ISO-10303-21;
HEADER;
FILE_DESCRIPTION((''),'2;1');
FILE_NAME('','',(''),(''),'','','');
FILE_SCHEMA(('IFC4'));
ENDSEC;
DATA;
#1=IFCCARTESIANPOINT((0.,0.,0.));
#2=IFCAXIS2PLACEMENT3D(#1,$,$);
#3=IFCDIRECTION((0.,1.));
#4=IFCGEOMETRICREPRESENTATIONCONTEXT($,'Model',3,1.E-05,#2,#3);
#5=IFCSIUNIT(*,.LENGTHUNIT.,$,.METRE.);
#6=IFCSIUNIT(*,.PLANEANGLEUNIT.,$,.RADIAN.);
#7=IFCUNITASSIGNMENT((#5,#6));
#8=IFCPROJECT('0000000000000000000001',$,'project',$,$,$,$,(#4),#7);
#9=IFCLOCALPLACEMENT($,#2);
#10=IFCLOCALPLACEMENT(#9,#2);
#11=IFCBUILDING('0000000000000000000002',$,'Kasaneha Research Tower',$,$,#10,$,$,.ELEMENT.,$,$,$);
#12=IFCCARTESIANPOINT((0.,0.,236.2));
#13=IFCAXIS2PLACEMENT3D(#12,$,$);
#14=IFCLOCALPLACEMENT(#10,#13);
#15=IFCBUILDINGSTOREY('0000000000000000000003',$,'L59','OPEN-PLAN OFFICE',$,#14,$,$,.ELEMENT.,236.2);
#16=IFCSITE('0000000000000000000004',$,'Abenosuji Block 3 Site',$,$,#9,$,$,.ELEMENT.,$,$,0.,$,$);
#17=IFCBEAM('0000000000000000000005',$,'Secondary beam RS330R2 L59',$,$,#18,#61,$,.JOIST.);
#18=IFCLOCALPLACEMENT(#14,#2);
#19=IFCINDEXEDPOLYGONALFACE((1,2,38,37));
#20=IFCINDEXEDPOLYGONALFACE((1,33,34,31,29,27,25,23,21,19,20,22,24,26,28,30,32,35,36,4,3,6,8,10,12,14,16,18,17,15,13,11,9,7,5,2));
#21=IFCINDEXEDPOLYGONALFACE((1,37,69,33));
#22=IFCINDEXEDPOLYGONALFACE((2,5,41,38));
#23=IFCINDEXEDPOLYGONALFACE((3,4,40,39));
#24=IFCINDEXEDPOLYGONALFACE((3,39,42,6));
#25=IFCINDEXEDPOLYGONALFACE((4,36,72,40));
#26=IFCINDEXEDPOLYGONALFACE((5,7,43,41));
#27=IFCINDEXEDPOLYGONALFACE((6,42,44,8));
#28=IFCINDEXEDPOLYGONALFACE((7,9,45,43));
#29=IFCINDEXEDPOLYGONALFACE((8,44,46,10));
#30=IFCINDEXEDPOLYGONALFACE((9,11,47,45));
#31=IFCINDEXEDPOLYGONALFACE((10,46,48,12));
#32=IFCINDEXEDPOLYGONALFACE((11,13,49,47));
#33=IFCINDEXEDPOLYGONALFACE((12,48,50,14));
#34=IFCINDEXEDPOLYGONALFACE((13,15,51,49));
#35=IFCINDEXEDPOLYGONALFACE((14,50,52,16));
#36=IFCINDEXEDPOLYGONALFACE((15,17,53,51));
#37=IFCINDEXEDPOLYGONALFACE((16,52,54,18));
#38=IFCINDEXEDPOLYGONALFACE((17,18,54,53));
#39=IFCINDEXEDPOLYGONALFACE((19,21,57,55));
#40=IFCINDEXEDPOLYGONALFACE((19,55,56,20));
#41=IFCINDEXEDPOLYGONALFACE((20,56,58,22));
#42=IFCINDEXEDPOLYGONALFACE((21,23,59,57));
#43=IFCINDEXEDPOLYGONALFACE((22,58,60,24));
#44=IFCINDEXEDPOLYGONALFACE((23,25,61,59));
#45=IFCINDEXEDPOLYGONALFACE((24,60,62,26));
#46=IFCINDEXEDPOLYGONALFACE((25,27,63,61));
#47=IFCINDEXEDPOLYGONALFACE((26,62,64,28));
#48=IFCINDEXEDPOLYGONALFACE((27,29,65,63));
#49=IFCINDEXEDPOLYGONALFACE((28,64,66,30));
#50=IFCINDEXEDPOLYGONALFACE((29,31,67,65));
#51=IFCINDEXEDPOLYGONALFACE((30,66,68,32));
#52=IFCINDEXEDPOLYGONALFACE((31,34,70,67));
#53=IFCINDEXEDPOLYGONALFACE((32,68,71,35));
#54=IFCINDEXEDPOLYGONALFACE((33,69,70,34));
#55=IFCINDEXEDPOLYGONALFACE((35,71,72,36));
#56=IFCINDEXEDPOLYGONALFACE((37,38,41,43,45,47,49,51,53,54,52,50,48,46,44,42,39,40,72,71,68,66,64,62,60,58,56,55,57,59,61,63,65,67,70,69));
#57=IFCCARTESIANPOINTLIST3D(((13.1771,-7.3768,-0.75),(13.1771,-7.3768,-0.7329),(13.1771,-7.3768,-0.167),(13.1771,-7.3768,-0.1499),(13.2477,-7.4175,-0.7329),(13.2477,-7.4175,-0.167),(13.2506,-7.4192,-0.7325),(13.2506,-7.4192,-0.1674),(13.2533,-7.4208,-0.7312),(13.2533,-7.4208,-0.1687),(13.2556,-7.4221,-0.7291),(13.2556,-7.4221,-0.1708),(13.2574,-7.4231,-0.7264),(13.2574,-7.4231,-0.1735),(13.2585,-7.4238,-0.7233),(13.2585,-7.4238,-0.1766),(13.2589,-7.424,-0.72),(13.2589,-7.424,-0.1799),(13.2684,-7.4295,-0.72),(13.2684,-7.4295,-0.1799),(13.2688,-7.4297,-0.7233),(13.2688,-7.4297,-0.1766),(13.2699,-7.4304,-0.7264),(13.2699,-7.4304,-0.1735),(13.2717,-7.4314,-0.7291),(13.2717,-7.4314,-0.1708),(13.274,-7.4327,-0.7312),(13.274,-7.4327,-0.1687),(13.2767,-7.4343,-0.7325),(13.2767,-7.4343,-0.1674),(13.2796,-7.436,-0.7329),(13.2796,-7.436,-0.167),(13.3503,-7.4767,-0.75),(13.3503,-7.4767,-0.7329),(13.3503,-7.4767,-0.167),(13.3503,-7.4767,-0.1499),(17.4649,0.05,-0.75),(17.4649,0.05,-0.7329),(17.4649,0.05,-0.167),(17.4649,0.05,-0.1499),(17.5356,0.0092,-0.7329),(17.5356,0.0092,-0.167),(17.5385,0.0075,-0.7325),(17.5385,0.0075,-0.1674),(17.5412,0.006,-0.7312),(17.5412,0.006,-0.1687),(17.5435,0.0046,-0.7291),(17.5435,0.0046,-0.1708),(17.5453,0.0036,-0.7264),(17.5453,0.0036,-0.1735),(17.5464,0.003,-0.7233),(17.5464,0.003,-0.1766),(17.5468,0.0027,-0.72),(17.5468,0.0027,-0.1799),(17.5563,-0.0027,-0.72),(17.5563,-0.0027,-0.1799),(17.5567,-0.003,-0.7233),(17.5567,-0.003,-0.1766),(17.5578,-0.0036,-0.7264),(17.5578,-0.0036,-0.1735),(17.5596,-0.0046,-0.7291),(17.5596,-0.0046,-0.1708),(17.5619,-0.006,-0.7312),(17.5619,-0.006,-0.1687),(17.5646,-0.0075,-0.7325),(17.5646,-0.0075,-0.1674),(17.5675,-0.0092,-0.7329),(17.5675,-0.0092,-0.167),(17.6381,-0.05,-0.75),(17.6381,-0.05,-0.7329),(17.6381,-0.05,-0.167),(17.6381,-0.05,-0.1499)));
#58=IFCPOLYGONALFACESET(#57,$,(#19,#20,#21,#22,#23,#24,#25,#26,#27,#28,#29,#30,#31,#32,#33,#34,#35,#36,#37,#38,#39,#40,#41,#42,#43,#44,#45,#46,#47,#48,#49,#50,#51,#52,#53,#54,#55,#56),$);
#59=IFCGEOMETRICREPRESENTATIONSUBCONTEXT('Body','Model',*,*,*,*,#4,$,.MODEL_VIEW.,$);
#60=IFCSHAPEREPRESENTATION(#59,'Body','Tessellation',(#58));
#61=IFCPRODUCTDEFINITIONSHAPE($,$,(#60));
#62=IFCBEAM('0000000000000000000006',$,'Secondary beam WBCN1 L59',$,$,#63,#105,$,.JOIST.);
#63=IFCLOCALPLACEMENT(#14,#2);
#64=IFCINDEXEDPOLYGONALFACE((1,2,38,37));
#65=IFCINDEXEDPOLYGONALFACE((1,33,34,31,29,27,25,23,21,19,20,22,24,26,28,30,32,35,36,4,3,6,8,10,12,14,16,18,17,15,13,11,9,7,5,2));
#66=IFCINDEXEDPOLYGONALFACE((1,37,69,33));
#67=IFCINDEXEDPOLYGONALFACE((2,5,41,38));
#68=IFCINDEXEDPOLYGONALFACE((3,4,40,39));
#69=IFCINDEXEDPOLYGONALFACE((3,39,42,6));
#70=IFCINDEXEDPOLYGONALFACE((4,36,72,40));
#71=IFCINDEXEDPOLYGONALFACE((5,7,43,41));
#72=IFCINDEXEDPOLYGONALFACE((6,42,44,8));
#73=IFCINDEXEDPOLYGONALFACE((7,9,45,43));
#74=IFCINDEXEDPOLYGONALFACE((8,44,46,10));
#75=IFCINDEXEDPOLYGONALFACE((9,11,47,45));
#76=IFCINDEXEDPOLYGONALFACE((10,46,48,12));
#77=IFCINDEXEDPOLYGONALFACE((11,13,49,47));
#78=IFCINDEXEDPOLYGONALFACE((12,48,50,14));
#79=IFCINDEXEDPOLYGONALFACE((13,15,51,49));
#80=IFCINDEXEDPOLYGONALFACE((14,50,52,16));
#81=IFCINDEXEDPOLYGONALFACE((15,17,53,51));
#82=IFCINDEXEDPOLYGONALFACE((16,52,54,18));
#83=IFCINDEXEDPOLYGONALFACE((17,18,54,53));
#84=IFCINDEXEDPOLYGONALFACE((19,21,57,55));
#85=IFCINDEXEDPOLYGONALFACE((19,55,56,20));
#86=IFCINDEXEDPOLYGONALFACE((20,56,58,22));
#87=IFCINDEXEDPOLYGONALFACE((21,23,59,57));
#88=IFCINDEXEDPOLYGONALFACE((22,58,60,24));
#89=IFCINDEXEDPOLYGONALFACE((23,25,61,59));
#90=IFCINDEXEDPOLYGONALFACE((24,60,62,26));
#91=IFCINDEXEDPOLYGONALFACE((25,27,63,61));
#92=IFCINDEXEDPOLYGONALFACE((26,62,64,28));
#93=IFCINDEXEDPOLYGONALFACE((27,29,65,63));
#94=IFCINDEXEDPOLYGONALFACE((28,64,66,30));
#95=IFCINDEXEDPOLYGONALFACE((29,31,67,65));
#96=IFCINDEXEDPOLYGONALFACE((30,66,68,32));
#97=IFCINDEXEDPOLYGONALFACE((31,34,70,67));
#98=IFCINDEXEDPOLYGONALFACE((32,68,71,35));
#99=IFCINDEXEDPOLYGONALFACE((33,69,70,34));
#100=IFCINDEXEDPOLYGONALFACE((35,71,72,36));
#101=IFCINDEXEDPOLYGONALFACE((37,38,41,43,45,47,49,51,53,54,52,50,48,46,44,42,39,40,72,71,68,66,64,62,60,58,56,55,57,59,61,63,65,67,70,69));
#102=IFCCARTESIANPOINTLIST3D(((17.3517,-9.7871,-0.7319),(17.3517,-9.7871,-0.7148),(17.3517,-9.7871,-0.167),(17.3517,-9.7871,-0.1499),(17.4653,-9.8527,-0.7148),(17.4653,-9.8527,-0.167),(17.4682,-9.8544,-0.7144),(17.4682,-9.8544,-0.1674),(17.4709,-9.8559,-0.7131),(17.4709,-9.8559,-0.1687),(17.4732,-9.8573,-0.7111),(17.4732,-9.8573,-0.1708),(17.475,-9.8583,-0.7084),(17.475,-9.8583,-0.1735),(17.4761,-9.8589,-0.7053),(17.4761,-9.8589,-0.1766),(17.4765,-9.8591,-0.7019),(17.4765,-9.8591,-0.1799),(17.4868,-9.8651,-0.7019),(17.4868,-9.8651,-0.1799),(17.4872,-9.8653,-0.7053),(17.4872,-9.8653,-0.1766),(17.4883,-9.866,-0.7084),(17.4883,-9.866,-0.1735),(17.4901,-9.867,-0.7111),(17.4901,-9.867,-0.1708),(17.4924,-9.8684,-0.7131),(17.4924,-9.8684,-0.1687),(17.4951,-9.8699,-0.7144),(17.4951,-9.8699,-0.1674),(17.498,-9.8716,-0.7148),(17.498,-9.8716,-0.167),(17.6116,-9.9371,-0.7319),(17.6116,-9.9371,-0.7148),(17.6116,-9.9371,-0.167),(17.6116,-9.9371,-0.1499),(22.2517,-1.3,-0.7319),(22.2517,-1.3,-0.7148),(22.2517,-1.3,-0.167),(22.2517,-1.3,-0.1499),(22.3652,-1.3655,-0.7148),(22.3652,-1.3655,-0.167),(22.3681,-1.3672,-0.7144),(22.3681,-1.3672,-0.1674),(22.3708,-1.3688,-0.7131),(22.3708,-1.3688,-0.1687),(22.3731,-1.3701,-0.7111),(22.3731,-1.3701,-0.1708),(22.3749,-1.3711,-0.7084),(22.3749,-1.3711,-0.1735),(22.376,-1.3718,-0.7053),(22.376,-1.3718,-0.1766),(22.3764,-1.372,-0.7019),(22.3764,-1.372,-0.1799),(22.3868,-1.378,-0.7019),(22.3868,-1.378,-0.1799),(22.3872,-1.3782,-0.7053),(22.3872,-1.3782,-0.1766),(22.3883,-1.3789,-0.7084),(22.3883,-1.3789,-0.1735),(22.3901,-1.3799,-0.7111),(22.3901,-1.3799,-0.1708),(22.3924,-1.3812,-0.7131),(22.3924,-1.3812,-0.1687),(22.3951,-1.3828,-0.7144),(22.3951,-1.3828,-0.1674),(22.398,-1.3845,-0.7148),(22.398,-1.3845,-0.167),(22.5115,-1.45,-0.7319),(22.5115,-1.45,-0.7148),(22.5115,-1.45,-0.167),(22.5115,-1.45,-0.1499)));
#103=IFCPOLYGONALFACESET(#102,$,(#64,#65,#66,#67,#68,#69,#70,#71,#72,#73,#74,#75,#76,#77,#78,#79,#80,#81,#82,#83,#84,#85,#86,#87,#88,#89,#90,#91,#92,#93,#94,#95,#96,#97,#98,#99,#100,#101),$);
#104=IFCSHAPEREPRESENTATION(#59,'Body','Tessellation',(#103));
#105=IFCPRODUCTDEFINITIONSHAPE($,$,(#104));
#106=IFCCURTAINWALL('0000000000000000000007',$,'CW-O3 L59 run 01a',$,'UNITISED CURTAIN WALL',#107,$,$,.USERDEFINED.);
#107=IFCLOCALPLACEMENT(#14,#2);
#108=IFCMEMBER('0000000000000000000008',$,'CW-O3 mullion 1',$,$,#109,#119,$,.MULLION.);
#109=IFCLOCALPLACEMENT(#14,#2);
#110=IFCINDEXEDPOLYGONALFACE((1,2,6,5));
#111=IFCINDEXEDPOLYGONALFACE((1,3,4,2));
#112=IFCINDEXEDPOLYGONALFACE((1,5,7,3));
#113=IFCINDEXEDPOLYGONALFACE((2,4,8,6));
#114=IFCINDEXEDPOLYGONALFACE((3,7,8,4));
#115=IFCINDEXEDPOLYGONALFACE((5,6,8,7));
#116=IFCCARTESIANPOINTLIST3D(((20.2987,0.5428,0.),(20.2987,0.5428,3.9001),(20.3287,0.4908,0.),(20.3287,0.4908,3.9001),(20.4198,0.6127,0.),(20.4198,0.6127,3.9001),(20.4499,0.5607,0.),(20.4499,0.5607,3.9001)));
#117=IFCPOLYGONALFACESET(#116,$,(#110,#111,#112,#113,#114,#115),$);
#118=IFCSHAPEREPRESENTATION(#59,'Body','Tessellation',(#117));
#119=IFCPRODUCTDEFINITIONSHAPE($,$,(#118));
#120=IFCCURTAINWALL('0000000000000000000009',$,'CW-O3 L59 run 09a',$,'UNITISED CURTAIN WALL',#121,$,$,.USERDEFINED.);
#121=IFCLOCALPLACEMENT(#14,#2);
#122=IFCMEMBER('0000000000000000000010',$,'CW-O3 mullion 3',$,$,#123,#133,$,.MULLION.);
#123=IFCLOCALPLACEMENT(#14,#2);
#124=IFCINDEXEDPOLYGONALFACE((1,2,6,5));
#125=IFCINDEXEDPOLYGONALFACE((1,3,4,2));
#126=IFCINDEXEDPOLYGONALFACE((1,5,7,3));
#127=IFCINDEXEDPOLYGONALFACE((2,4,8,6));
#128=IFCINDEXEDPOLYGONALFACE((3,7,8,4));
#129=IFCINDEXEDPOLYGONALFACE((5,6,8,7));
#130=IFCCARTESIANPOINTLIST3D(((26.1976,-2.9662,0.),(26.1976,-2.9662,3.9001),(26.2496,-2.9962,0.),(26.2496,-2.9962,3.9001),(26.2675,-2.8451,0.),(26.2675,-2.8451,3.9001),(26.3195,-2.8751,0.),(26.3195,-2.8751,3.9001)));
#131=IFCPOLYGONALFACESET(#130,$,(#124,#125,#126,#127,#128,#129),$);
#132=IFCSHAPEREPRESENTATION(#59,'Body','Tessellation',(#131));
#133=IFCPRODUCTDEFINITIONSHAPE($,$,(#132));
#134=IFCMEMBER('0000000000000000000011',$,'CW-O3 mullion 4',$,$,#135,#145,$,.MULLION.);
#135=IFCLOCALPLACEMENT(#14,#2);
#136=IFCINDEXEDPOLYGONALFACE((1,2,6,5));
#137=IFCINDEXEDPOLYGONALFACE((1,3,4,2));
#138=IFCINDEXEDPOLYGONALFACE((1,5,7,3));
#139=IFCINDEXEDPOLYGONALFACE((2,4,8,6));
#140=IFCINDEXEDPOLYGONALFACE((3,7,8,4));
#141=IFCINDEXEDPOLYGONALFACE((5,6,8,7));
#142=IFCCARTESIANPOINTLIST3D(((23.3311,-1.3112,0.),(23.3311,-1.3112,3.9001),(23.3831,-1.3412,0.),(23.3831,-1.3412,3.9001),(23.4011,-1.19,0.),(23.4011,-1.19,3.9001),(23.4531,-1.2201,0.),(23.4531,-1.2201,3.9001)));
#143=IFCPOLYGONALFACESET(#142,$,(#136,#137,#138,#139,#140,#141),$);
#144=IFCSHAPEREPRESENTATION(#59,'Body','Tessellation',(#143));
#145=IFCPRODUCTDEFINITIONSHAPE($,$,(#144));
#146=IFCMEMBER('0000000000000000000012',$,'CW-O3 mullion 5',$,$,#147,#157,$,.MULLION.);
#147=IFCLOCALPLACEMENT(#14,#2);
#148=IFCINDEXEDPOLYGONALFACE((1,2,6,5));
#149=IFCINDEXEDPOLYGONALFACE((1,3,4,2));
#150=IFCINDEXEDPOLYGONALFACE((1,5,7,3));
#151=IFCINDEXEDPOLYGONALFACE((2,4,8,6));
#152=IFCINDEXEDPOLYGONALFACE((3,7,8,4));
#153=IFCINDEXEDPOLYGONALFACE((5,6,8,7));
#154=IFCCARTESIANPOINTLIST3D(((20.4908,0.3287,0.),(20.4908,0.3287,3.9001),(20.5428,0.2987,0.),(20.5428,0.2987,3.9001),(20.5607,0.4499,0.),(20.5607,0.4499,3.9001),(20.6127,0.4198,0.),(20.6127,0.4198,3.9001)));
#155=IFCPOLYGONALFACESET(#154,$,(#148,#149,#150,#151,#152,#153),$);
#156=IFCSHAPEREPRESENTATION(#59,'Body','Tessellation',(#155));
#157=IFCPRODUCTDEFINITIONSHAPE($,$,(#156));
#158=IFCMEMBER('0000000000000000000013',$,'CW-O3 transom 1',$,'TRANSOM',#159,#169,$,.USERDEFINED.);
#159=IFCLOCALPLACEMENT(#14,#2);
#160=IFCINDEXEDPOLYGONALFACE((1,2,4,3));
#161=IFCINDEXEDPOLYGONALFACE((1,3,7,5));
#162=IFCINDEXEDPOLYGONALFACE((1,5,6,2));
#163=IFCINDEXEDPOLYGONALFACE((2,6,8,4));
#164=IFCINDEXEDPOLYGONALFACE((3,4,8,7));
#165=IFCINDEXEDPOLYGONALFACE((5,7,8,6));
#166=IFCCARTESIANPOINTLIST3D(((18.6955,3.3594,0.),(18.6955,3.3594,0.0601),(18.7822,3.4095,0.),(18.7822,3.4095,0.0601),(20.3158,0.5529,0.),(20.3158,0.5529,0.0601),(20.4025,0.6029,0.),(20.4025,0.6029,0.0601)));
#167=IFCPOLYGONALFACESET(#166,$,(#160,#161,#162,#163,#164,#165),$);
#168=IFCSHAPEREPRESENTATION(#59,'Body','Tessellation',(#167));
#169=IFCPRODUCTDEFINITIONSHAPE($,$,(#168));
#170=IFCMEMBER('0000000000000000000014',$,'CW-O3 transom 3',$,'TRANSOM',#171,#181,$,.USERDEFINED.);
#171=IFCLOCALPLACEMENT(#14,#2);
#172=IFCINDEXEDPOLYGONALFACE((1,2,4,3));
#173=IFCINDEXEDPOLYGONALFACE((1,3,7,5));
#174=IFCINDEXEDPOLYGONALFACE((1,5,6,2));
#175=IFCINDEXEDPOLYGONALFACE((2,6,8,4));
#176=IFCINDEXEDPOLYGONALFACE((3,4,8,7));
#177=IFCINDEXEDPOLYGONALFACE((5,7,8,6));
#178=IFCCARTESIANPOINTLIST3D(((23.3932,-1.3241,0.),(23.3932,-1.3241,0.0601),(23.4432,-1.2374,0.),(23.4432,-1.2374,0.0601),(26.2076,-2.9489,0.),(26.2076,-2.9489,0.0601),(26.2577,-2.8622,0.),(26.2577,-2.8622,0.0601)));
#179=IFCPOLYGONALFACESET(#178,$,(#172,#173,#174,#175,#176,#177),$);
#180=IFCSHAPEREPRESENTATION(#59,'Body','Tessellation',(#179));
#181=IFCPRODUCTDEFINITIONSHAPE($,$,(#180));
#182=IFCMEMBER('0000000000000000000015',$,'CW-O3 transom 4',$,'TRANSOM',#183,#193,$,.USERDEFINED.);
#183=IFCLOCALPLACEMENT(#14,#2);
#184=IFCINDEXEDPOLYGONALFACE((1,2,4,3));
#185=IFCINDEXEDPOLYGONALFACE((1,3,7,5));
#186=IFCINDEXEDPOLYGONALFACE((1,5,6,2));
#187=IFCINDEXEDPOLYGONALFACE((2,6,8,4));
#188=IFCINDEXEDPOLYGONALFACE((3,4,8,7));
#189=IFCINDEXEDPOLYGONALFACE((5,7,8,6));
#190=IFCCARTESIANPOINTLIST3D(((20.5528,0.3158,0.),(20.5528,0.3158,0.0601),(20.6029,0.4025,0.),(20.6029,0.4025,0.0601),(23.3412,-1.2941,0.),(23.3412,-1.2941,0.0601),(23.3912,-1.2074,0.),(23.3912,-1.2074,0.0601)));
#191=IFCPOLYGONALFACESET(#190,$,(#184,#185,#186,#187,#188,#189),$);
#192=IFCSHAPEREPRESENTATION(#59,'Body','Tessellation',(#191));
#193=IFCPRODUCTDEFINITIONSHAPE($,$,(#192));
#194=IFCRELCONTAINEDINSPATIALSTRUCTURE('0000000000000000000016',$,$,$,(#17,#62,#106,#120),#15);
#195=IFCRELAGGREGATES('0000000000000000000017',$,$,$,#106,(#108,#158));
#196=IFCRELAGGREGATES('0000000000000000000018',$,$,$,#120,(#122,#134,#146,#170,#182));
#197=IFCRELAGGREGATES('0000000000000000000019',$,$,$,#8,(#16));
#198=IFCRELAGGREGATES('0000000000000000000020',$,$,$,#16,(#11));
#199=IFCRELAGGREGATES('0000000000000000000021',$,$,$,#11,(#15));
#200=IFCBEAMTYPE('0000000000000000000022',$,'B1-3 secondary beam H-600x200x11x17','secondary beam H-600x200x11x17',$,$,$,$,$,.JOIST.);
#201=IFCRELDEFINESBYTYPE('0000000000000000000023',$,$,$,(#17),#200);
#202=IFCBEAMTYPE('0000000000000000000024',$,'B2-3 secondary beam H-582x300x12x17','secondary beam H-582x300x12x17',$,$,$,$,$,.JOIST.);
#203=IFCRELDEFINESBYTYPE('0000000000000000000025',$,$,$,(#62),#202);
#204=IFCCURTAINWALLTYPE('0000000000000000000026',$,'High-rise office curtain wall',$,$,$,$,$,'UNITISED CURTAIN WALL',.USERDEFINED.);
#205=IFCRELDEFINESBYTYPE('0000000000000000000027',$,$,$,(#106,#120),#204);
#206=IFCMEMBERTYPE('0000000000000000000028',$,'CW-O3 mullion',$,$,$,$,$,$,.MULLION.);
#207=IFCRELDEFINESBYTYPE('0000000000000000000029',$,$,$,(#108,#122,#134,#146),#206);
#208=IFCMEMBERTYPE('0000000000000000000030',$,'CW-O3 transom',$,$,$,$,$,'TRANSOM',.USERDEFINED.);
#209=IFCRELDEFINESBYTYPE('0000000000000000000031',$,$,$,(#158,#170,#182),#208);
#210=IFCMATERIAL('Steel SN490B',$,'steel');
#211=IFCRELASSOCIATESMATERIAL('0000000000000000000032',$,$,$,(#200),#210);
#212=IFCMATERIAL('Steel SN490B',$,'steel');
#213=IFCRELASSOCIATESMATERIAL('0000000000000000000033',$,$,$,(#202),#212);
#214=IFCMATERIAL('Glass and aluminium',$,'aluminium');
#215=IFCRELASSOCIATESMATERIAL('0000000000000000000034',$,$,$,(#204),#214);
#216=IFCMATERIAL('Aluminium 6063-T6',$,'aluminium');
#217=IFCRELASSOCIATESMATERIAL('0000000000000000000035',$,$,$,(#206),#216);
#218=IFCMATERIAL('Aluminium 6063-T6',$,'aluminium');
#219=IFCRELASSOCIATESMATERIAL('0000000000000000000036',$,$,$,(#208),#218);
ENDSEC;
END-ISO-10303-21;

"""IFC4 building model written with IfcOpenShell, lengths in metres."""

from ifc_helpers import new_model, si_unit, direction, frame, origin, origin_2d, place, context, subcontext, project, spatial, rectangle, i_section, extrude, material, material_profile, profile_set, type_object, element, aggregate, save


model = new_model("IFC4")

# Units and contexts
model_context = context("Model", 3, precision=1e-05, world=origin(), true_north=direction((0.0, 1.0)))
body_context = subcontext(model_context, "Body", "Model", "MODEL_VIEW")
ifc_project = project(units=[si_unit("LENGTHUNIT", "METRE"), si_unit("PLANEANGLEUNIT", "RADIAN")], contexts=[model_context])

# Site, building, storey
site_placement = place(None, origin())
site = spatial("IfcSite", under=ifc_project, at=site_placement, Name="Abenosuji Block 3 Site", CompositionType="ELEMENT", RefElevation=0.0)
building_placement = place(site_placement, origin())
building = spatial("IfcBuilding", under=site, at=building_placement, Name="Kasaneha Research Tower", CompositionType="ELEMENT")
storey_placement = place(building_placement, frame((0.0, 0.0, 236.2)))
storey = spatial("IfcBuildingStorey", under=building, at=storey_placement, Name="L59", Description="OPEN-PLAN OFFICE", CompositionType="ELEMENT", Elevation=236.2)

# Beams
ifc_material_1 = material(Name="Steel SN490B", Category="steel")
ifc_material_profile_1 = material_profile(ifc_material_1, i_section(OverallWidth=0.2, OverallDepth=0.6001, WebThickness=0.011, FlangeThickness=0.0171, FilletRadius=0.0129, at=origin_2d()), Name="H-600x200x11x17")
ifc_profile_set_1 = profile_set([ifc_material_profile_1], Name="Steel SN490B")
beam_type_1 = type_object("IfcBeamType", Name="B1-3 secondary beam H-600x200x11x17", Description="secondary beam H-600x200x11x17", PredefinedType="JOIST", material=ifc_profile_set_1)
beam_1_placement = place(storey_placement, frame((17.5515, 0.0, -0.45), z_axis=(-0.5, -0.866025, 0.0), x_axis=(0.866025, -0.5, 0.0)))
element("IfcBeam", 1, at=beam_1_placement, inside=storey, type_object=beam_type_1, Name="Secondary beam RS330R2 L59", PredefinedType="JOIST", context=body_context, shape_type="SweptSolid", body=[
    extrude(i_section(OverallWidth=0.2, OverallDepth=0.6001, WebThickness=0.011, FlangeThickness=0.0171, FilletRadius=0.0129, at=origin_2d()), origin(), (0.0, 0.0, 1.0), 8.5757),
])
ifc_material_2 = material(Name="Steel SN490B", Category="steel")
ifc_material_profile_2 = material_profile(ifc_material_2, i_section(OverallWidth=0.3, OverallDepth=0.582, WebThickness=0.012, FlangeThickness=0.0171, FilletRadius=0.0129, at=origin_2d()), Name="H-582x300x12x17")
ifc_profile_set_2 = profile_set([ifc_material_profile_2], Name="Steel SN490B")
beam_type_2 = type_object("IfcBeamType", Name="B2-3 secondary beam H-582x300x12x17", Description="secondary beam H-582x300x12x17", PredefinedType="JOIST", material=ifc_profile_set_2)
beam_2_placement = place(storey_placement, frame((22.3816, -1.375, -0.4409), z_axis=(-0.499992, -0.86603, 0.0), x_axis=(0.86603, -0.499992, 0.0)))
element("IfcBeam", 2, at=beam_2_placement, inside=storey, type_object=beam_type_2, Name="Secondary beam WBCN1 L59", PredefinedType="JOIST", context=body_context, shape_type="SweptSolid", body=[
    extrude(i_section(OverallWidth=0.3, OverallDepth=0.582, WebThickness=0.012, FlangeThickness=0.0171, FilletRadius=0.0129, at=origin_2d()), origin(), (0.0, 0.0, 1.0), 9.8),
])

# Curtain wall, member
ifc_material_3 = material(Name="Glass and aluminium", Category="aluminium")
curtain_wall_type = type_object("IfcCurtainWallType", Name="High-rise office curtain wall", ElementType="UNITISED CURTAIN WALL", PredefinedType="USERDEFINED", material=ifc_material_3)
curtain_wall_1_placement = place(storey_placement, origin())
curtain_wall_1 = element("IfcCurtainWall", 3, at=curtain_wall_1_placement, inside=storey, type_object=curtain_wall_type, Name="CW-O3 L59 run 01a", ObjectType="UNITISED CURTAIN WALL", PredefinedType="USERDEFINED")
ifc_material_4 = material(Name="Aluminium 6063-T6", Category="aluminium")
ifc_material_profile_3 = material_profile(ifc_material_4, rectangle(XDim=0.0601, YDim=0.1399, at=origin_2d()), Name="CW-O3 mullion 60x140")
ifc_profile_set_3 = profile_set([ifc_material_profile_3], Name="Aluminium 6063-T6")
member_type_1 = type_object("IfcMemberType", Name="CW-O3 mullion", PredefinedType="MULLION", material=ifc_profile_set_3)
member_1_placement = place(storey_placement, frame((20.3743, 0.5518, 0.0), z_axis=(0.0, 0.0, 1.0), x_axis=(-0.5, 0.866025, 0.0)))
member_1 = element("IfcMember", 4, at=member_1_placement, type_object=member_type_1, Name="CW-O3 mullion 1", PredefinedType="MULLION", context=body_context, shape_type="SweptSolid", body=[
    extrude(rectangle(XDim=0.0601, YDim=0.1399, at=origin_2d()), origin(), (0.0, 0.0, 1.0), 3.9001),
])

# Curtain wall, members
curtain_wall_2_placement = place(storey_placement, origin())
curtain_wall_2 = element("IfcCurtainWall", 5, at=curtain_wall_2_placement, inside=storey, type_object=curtain_wall_type, Name="CW-O3 L59 run 09a", ObjectType="UNITISED CURTAIN WALL", PredefinedType="USERDEFINED")
member_2_placement = place(storey_placement, frame((26.2585, -2.9207, 0.0), z_axis=(0.0, 0.0, 1.0), x_axis=(-0.866025, 0.5, 0.0)))
member_2 = element("IfcMember", 6, at=member_2_placement, type_object=member_type_1, Name="CW-O3 mullion 3", PredefinedType="MULLION", context=body_context, shape_type="SweptSolid", body=[
    extrude(rectangle(XDim=0.0601, YDim=0.1399, at=origin_2d()), origin(), (0.0, 0.0, 1.0), 3.9001),
])
member_3_placement = place(storey_placement, frame((23.3921, -1.2656, 0.0), z_axis=(0.0, 0.0, 1.0), x_axis=(-0.866025, 0.5, 0.0)))
member_3 = element("IfcMember", 7, at=member_3_placement, type_object=member_type_1, Name="CW-O3 mullion 4", PredefinedType="MULLION", context=body_context, shape_type="SweptSolid", body=[
    extrude(rectangle(XDim=0.0601, YDim=0.1399, at=origin_2d()), origin(), (0.0, 0.0, 1.0), 3.9001),
])
member_4_placement = place(storey_placement, frame((20.5518, 0.3743, 0.0), z_axis=(0.0, 0.0, 1.0), x_axis=(-0.866025, 0.5, 0.0)))
member_4 = element("IfcMember", 8, at=member_4_placement, type_object=member_type_1, Name="CW-O3 mullion 5", PredefinedType="MULLION", context=body_context, shape_type="SweptSolid", body=[
    extrude(rectangle(XDim=0.0601, YDim=0.1399, at=origin_2d()), origin(), (0.0, 0.0, 1.0), 3.9001),
])

# Members
ifc_material_5 = material(Name="Aluminium 6063-T6", Category="aluminium")
ifc_material_profile_4 = material_profile(ifc_material_5, rectangle(XDim=0.1001, YDim=0.0601, at=origin_2d()), Name="CW-O3 transom 100x60")
ifc_profile_set_4 = profile_set([ifc_material_profile_4], Name="Aluminium 6063-T6")
member_type_2 = type_object("IfcMemberType", Name="CW-O3 transom", ElementType="TRANSOM", PredefinedType="USERDEFINED", material=ifc_profile_set_4)
member_5_placement = place(storey_placement, frame((20.3591, 0.5779, 0.03), z_axis=(-0.499988, 0.866033, 0.0), x_axis=(-0.866033, -0.499988, 0.0)))
member_5 = element("IfcMember", 9, at=member_5_placement, type_object=member_type_2, Name="CW-O3 transom 1", ObjectType="TRANSOM", PredefinedType="USERDEFINED", context=body_context, shape_type="SweptSolid", body=[
    extrude(rectangle(XDim=0.1001, YDim=0.0601, at=origin_2d()), origin(), (0.0, 0.0, 1.0), 3.2407),
])
aggregate(curtain_wall_1, [member_1, member_5])
member_6_placement = place(storey_placement, frame((26.2327, -2.9055, 0.03), z_axis=(-0.866048, 0.499961, 0.0), x_axis=(-0.499961, -0.866048, 0.0)))
member_6 = element("IfcMember", 10, at=member_6_placement, type_object=member_type_2, Name="CW-O3 transom 3", ObjectType="TRANSOM", PredefinedType="USERDEFINED", context=body_context, shape_type="SweptSolid", body=[
    extrude(rectangle(XDim=0.1001, YDim=0.0601, at=origin_2d()), origin(), (0.0, 0.0, 1.0), 3.2498),
])
member_7_placement = place(storey_placement, frame((23.3662, -1.2507, 0.03), z_axis=(-0.866023, 0.500005, 0.0), x_axis=(-0.500005, -0.866023, 0.0)))
member_7 = element("IfcMember", 11, at=member_7_placement, type_object=member_type_2, Name="CW-O3 transom 4", ObjectType="TRANSOM", PredefinedType="USERDEFINED", context=body_context, shape_type="SweptSolid", body=[
    extrude(rectangle(XDim=0.1001, YDim=0.0601, at=origin_2d()), origin(), (0.0, 0.0, 1.0), 3.2197),
])

aggregate(curtain_wall_2, [member_2, member_3, member_4, member_6, member_7])

save(model, "model.ifc")
